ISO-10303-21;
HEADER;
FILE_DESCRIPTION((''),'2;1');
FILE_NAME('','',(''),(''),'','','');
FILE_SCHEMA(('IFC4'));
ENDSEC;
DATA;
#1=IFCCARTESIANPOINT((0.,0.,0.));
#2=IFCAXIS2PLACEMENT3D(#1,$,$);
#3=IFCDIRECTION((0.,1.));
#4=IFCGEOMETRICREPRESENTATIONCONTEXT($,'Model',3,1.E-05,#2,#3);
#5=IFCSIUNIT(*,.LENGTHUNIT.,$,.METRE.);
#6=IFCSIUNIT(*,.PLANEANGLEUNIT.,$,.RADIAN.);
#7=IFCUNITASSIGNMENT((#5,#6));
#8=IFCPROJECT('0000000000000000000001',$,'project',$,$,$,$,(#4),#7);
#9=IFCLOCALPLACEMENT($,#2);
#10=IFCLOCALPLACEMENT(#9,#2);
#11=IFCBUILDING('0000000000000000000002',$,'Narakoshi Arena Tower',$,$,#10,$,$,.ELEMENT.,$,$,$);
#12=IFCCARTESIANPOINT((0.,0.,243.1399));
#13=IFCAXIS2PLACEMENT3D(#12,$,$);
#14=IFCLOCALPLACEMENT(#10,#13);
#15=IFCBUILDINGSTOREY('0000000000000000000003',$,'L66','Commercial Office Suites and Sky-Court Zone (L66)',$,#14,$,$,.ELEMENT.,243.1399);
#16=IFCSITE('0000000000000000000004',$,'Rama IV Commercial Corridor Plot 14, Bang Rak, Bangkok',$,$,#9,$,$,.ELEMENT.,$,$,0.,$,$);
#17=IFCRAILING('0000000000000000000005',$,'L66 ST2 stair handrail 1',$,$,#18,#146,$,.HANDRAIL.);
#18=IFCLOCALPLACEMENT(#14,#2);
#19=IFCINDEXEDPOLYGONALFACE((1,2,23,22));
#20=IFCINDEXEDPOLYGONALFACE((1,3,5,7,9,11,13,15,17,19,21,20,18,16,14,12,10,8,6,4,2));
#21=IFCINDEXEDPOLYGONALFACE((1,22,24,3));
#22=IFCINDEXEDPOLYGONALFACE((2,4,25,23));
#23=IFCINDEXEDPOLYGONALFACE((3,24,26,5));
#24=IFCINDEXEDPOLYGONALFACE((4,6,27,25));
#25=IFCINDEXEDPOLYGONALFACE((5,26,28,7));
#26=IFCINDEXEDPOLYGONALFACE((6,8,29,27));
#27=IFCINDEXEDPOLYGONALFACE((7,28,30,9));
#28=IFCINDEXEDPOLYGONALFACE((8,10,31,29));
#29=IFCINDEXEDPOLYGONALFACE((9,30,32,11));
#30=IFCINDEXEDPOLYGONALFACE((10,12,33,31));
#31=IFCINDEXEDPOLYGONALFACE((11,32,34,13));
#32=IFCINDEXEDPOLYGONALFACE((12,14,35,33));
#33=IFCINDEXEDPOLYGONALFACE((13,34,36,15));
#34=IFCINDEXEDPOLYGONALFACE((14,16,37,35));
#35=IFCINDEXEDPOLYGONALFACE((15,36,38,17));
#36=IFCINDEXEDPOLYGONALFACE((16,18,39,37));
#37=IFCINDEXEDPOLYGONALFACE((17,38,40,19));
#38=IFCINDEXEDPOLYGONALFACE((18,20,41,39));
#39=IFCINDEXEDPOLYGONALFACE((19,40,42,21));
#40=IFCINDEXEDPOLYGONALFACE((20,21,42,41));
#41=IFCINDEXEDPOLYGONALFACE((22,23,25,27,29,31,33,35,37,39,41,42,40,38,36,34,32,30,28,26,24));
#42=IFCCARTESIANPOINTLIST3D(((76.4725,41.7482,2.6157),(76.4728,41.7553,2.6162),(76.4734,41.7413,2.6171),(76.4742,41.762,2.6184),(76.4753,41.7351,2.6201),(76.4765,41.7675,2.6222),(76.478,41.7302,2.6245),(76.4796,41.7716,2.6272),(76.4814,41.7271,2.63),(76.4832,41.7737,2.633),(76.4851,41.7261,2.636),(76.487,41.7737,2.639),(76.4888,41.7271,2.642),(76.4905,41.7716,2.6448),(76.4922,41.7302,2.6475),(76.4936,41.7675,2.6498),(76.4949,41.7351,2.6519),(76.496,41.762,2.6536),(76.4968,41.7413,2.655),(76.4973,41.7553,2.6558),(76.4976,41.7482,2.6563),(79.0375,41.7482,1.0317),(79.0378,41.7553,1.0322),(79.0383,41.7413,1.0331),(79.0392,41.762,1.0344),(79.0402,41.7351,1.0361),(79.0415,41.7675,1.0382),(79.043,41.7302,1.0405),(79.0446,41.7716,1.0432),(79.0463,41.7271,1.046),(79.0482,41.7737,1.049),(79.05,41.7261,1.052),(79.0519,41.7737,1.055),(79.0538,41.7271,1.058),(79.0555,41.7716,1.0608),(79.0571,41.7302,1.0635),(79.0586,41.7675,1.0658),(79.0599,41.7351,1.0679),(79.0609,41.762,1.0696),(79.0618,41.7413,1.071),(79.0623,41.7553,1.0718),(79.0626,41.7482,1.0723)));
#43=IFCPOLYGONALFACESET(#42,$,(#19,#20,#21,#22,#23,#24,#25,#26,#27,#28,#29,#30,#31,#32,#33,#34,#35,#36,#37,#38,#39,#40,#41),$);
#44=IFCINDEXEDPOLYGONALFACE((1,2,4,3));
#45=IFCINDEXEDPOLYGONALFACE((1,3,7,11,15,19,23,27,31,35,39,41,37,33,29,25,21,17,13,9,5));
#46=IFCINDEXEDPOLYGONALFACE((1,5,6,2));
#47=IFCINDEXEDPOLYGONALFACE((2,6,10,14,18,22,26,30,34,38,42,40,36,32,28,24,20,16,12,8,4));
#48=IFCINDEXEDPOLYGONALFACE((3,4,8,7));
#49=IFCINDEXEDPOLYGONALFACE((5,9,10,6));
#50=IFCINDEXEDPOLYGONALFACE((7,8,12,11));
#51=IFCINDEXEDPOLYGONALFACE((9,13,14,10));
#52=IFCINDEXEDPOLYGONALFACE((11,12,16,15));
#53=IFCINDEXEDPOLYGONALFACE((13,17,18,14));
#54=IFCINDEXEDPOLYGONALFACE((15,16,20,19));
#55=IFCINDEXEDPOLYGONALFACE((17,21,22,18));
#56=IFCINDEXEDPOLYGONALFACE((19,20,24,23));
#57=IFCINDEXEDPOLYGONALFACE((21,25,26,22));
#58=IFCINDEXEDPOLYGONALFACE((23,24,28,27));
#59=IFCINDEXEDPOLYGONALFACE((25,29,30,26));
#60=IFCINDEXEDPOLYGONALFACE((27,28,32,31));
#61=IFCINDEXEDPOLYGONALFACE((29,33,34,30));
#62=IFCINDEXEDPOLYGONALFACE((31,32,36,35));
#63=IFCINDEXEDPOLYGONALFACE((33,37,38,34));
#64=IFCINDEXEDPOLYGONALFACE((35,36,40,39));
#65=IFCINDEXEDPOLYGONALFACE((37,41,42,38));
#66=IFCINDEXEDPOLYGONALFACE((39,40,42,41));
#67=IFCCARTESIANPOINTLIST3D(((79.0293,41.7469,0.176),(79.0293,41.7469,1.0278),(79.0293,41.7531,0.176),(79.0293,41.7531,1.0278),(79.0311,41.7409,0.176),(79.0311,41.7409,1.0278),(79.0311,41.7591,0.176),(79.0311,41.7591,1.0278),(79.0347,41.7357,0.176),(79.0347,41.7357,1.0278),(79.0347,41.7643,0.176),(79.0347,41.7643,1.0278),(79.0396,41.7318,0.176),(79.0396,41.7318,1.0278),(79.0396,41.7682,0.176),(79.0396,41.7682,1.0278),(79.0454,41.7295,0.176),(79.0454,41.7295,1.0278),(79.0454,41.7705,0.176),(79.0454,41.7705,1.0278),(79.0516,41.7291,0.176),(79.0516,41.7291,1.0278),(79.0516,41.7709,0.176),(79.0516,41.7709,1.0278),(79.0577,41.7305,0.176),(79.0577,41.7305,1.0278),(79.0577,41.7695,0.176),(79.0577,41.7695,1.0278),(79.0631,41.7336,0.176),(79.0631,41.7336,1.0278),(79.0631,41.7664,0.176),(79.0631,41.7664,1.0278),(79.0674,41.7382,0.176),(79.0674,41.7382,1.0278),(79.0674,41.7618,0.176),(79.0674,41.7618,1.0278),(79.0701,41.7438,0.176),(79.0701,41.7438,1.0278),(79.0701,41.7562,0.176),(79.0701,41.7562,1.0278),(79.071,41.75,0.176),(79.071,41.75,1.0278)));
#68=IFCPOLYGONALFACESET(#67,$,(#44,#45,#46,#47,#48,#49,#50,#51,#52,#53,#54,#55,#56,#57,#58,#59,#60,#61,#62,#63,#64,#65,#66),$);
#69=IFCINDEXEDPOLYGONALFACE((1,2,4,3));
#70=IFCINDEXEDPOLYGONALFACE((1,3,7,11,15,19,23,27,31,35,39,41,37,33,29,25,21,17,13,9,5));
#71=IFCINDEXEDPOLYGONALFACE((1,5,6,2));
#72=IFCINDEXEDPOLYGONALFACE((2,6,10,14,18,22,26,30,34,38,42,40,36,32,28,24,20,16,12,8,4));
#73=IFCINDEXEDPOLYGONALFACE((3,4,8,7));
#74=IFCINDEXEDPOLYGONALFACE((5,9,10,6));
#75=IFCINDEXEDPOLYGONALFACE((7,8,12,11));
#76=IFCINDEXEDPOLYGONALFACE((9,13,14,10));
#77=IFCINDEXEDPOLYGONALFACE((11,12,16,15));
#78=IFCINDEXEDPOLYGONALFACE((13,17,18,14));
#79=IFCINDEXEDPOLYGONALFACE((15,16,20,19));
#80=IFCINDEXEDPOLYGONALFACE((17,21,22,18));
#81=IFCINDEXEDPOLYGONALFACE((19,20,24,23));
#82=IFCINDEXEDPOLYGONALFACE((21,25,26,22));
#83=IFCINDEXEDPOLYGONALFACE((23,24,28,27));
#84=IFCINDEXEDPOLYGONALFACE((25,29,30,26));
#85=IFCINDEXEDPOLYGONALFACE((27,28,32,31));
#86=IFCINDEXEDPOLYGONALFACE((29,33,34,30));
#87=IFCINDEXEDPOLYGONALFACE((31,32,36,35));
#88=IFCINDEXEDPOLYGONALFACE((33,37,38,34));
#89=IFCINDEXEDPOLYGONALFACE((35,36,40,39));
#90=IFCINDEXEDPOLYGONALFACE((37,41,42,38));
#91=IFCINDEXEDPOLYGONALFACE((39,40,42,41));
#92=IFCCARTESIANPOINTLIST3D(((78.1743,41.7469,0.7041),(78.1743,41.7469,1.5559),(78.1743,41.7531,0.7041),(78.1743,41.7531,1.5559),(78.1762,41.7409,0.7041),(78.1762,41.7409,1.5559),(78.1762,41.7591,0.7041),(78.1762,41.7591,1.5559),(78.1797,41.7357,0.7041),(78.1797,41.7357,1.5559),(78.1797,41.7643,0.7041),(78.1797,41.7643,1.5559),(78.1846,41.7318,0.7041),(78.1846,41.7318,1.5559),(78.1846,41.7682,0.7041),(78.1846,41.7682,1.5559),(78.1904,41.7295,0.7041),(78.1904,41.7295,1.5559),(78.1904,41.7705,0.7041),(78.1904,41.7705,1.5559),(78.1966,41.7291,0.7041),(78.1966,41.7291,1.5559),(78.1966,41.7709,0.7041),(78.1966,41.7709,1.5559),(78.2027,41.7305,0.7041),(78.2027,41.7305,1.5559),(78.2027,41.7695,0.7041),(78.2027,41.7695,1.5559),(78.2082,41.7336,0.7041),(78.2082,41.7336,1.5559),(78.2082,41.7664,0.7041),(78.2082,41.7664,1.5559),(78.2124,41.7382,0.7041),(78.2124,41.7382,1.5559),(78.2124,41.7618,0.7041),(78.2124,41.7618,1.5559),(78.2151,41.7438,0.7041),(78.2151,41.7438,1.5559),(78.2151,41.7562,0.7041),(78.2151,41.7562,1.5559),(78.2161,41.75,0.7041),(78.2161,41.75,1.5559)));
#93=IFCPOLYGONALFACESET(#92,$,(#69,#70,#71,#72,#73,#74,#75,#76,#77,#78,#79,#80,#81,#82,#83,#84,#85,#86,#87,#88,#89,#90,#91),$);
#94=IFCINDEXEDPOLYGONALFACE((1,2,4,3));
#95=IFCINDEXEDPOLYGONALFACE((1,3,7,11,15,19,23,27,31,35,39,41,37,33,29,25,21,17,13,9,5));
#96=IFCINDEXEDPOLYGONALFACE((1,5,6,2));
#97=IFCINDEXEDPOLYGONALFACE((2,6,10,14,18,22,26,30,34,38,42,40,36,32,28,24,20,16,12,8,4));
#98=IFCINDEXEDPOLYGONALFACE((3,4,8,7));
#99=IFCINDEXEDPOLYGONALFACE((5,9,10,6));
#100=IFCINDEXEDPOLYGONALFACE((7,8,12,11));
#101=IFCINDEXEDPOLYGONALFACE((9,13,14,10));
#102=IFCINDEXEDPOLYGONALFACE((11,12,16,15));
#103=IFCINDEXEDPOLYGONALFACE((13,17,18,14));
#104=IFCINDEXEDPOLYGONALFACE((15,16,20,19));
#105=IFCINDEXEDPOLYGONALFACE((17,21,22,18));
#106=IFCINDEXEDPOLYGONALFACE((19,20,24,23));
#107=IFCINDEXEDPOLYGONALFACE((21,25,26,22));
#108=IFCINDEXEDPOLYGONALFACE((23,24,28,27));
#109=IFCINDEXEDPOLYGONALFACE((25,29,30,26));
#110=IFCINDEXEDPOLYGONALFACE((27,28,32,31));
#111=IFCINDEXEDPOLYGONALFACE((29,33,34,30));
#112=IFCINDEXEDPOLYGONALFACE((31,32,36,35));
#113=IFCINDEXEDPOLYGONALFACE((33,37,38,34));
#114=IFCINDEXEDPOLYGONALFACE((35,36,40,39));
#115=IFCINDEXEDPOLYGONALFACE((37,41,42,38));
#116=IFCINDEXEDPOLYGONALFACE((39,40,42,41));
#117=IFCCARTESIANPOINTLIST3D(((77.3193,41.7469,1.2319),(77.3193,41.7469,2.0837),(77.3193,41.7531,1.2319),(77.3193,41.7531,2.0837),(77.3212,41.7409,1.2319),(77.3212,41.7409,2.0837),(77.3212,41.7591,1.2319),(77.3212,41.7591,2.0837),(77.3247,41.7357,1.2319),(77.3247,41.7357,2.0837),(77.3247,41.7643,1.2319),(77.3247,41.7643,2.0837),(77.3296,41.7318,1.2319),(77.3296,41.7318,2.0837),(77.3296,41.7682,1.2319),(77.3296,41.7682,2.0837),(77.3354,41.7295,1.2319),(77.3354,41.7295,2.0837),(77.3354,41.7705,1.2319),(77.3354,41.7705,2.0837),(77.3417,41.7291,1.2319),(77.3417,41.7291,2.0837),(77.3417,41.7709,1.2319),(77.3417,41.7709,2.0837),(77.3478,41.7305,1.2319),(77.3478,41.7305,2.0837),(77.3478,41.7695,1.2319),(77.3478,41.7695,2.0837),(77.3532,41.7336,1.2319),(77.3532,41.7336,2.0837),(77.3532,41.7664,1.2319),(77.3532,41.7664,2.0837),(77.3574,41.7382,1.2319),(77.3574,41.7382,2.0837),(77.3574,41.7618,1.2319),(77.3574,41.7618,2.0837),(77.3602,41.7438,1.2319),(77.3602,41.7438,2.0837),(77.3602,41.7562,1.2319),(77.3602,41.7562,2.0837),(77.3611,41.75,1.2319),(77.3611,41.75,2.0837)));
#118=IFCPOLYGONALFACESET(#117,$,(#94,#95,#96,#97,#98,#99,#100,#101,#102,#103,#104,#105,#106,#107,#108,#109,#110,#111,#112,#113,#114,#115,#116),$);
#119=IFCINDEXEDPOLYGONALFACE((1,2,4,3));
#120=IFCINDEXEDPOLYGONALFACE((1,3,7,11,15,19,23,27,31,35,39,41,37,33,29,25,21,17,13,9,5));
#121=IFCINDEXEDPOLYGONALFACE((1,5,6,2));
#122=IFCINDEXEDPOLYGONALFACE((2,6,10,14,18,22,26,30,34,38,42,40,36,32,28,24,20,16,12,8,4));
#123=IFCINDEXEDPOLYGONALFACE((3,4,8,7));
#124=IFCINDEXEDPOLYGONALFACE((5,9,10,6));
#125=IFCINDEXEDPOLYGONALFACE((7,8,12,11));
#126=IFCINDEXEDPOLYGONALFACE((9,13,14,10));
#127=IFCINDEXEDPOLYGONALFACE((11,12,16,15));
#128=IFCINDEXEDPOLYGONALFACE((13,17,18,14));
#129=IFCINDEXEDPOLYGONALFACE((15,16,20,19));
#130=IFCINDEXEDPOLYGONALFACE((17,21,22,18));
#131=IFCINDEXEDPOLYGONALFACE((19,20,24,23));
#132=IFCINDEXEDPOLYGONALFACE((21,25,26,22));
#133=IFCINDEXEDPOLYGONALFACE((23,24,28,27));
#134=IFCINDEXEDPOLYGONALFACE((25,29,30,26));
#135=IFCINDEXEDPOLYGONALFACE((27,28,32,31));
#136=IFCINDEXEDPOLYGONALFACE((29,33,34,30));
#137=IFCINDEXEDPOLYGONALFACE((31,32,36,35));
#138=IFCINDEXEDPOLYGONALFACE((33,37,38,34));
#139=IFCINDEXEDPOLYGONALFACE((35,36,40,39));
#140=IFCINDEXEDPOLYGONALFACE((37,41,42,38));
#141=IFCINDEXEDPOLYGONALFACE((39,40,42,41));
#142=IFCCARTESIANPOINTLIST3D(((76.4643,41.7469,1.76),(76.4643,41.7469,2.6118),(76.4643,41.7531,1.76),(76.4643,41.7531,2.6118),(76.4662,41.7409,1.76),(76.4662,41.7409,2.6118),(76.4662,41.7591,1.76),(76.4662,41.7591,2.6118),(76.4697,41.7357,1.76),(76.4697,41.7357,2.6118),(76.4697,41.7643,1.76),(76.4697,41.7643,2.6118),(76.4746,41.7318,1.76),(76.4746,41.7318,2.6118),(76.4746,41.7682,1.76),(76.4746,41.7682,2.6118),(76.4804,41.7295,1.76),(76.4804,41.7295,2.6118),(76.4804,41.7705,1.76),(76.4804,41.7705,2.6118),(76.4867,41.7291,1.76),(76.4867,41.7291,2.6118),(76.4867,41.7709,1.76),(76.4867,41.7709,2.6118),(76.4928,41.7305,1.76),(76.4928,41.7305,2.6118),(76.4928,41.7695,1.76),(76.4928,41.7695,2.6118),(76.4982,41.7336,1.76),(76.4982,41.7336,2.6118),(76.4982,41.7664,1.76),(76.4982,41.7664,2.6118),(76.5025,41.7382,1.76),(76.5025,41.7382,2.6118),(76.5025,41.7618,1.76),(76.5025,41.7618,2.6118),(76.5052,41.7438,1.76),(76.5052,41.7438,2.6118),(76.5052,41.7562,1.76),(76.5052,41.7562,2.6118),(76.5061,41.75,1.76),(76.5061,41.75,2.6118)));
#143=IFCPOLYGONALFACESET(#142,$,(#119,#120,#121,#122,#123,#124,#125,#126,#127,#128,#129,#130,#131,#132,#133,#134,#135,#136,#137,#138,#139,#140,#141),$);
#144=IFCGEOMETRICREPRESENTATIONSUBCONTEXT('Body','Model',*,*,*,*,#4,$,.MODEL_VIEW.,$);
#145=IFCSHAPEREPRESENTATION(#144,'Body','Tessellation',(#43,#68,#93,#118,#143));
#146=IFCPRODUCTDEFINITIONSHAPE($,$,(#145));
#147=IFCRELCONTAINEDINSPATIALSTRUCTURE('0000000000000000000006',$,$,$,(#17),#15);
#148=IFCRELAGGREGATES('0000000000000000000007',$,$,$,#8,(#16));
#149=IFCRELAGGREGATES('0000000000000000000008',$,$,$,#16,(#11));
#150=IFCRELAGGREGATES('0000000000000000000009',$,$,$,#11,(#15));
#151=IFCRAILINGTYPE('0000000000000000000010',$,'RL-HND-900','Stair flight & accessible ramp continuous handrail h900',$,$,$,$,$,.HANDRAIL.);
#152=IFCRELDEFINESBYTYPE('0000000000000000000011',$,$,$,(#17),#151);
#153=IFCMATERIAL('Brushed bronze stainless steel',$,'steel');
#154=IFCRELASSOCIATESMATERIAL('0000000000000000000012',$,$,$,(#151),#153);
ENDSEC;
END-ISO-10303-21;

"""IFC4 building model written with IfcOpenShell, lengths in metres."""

from ifc_helpers import new_model, si_unit, direction, frame, origin, origin_2d, place, context, subcontext, project, spatial, circle, extrude, material, type_object, element, save


model = new_model("IFC4")

# Units and contexts
model_context = context("Model", 3, precision=1e-05, world=origin(), true_north=direction((0.0, 1.0)))
body_context = subcontext(model_context, "Body", "Model", "MODEL_VIEW")
ifc_project = project(units=[si_unit("LENGTHUNIT", "METRE"), si_unit("PLANEANGLEUNIT", "RADIAN")], contexts=[model_context])

# Site, building, storey
site_placement = place(None, origin())
site = spatial("IfcSite", under=ifc_project, at=site_placement, Name="Rama IV Commercial Corridor Plot 14, Bang Rak, Bangkok", CompositionType="ELEMENT", RefElevation=0.0)
building_placement = place(site_placement, origin())
building = spatial("IfcBuilding", under=site, at=building_placement, Name="Narakoshi Arena Tower", CompositionType="ELEMENT")
storey_placement = place(building_placement, frame((0.0, 0.0, 243.1399)))
storey = spatial("IfcBuildingStorey", under=building, at=storey_placement, Name="L66", Description="Commercial Office Suites and Sky-Court Zone (L66)", CompositionType="ELEMENT", Elevation=243.1399)

# Railing
ifc_material_1 = material(Name="Brushed bronze stainless steel", Category="steel")
railing_type_1 = type_object("IfcRailingType", Name="RL-HND-900", Description="Stair flight & accessible ramp continuous handrail h900", PredefinedType="HANDRAIL", material=ifc_material_1)
railing_1_placement = place(storey_placement, frame((79.05, 41.75, 0.176)))
element("IfcRailing", 1, at=railing_1_placement, inside=storey, type_object=railing_type_1, Name="L66 ST2 stair handrail 1", PredefinedType="HANDRAIL", context=body_context, shape_type="SweptSolid", body=[
    extrude(circle(Radius=0.0239, at=origin_2d()), frame((0.0, 0.0, 0.876), z_axis=(-0.850834, 0.0, 0.525434), x_axis=(0.0, -1.0, 0.0)), (0.0, 0.0, 1.0), 3.0146),
    extrude(circle(Radius=0.021, at=origin_2d()), origin(), (0.0, 0.0, 1.0), 0.8518),
    extrude(circle(Radius=0.021, at=origin_2d()), frame((-0.855, 0.0, 0.5281)), (0.0, 0.0, 1.0), 0.8518),
    extrude(circle(Radius=0.021, at=origin_2d()), frame((-1.71, 0.0, 1.0559)), (0.0, 0.0, 1.0), 0.8518),
    extrude(circle(Radius=0.021, at=origin_2d()), frame((-2.5649, 0.0, 1.584)), (0.0, 0.0, 1.0), 0.8518),
])

save(model, "model.ifc")
